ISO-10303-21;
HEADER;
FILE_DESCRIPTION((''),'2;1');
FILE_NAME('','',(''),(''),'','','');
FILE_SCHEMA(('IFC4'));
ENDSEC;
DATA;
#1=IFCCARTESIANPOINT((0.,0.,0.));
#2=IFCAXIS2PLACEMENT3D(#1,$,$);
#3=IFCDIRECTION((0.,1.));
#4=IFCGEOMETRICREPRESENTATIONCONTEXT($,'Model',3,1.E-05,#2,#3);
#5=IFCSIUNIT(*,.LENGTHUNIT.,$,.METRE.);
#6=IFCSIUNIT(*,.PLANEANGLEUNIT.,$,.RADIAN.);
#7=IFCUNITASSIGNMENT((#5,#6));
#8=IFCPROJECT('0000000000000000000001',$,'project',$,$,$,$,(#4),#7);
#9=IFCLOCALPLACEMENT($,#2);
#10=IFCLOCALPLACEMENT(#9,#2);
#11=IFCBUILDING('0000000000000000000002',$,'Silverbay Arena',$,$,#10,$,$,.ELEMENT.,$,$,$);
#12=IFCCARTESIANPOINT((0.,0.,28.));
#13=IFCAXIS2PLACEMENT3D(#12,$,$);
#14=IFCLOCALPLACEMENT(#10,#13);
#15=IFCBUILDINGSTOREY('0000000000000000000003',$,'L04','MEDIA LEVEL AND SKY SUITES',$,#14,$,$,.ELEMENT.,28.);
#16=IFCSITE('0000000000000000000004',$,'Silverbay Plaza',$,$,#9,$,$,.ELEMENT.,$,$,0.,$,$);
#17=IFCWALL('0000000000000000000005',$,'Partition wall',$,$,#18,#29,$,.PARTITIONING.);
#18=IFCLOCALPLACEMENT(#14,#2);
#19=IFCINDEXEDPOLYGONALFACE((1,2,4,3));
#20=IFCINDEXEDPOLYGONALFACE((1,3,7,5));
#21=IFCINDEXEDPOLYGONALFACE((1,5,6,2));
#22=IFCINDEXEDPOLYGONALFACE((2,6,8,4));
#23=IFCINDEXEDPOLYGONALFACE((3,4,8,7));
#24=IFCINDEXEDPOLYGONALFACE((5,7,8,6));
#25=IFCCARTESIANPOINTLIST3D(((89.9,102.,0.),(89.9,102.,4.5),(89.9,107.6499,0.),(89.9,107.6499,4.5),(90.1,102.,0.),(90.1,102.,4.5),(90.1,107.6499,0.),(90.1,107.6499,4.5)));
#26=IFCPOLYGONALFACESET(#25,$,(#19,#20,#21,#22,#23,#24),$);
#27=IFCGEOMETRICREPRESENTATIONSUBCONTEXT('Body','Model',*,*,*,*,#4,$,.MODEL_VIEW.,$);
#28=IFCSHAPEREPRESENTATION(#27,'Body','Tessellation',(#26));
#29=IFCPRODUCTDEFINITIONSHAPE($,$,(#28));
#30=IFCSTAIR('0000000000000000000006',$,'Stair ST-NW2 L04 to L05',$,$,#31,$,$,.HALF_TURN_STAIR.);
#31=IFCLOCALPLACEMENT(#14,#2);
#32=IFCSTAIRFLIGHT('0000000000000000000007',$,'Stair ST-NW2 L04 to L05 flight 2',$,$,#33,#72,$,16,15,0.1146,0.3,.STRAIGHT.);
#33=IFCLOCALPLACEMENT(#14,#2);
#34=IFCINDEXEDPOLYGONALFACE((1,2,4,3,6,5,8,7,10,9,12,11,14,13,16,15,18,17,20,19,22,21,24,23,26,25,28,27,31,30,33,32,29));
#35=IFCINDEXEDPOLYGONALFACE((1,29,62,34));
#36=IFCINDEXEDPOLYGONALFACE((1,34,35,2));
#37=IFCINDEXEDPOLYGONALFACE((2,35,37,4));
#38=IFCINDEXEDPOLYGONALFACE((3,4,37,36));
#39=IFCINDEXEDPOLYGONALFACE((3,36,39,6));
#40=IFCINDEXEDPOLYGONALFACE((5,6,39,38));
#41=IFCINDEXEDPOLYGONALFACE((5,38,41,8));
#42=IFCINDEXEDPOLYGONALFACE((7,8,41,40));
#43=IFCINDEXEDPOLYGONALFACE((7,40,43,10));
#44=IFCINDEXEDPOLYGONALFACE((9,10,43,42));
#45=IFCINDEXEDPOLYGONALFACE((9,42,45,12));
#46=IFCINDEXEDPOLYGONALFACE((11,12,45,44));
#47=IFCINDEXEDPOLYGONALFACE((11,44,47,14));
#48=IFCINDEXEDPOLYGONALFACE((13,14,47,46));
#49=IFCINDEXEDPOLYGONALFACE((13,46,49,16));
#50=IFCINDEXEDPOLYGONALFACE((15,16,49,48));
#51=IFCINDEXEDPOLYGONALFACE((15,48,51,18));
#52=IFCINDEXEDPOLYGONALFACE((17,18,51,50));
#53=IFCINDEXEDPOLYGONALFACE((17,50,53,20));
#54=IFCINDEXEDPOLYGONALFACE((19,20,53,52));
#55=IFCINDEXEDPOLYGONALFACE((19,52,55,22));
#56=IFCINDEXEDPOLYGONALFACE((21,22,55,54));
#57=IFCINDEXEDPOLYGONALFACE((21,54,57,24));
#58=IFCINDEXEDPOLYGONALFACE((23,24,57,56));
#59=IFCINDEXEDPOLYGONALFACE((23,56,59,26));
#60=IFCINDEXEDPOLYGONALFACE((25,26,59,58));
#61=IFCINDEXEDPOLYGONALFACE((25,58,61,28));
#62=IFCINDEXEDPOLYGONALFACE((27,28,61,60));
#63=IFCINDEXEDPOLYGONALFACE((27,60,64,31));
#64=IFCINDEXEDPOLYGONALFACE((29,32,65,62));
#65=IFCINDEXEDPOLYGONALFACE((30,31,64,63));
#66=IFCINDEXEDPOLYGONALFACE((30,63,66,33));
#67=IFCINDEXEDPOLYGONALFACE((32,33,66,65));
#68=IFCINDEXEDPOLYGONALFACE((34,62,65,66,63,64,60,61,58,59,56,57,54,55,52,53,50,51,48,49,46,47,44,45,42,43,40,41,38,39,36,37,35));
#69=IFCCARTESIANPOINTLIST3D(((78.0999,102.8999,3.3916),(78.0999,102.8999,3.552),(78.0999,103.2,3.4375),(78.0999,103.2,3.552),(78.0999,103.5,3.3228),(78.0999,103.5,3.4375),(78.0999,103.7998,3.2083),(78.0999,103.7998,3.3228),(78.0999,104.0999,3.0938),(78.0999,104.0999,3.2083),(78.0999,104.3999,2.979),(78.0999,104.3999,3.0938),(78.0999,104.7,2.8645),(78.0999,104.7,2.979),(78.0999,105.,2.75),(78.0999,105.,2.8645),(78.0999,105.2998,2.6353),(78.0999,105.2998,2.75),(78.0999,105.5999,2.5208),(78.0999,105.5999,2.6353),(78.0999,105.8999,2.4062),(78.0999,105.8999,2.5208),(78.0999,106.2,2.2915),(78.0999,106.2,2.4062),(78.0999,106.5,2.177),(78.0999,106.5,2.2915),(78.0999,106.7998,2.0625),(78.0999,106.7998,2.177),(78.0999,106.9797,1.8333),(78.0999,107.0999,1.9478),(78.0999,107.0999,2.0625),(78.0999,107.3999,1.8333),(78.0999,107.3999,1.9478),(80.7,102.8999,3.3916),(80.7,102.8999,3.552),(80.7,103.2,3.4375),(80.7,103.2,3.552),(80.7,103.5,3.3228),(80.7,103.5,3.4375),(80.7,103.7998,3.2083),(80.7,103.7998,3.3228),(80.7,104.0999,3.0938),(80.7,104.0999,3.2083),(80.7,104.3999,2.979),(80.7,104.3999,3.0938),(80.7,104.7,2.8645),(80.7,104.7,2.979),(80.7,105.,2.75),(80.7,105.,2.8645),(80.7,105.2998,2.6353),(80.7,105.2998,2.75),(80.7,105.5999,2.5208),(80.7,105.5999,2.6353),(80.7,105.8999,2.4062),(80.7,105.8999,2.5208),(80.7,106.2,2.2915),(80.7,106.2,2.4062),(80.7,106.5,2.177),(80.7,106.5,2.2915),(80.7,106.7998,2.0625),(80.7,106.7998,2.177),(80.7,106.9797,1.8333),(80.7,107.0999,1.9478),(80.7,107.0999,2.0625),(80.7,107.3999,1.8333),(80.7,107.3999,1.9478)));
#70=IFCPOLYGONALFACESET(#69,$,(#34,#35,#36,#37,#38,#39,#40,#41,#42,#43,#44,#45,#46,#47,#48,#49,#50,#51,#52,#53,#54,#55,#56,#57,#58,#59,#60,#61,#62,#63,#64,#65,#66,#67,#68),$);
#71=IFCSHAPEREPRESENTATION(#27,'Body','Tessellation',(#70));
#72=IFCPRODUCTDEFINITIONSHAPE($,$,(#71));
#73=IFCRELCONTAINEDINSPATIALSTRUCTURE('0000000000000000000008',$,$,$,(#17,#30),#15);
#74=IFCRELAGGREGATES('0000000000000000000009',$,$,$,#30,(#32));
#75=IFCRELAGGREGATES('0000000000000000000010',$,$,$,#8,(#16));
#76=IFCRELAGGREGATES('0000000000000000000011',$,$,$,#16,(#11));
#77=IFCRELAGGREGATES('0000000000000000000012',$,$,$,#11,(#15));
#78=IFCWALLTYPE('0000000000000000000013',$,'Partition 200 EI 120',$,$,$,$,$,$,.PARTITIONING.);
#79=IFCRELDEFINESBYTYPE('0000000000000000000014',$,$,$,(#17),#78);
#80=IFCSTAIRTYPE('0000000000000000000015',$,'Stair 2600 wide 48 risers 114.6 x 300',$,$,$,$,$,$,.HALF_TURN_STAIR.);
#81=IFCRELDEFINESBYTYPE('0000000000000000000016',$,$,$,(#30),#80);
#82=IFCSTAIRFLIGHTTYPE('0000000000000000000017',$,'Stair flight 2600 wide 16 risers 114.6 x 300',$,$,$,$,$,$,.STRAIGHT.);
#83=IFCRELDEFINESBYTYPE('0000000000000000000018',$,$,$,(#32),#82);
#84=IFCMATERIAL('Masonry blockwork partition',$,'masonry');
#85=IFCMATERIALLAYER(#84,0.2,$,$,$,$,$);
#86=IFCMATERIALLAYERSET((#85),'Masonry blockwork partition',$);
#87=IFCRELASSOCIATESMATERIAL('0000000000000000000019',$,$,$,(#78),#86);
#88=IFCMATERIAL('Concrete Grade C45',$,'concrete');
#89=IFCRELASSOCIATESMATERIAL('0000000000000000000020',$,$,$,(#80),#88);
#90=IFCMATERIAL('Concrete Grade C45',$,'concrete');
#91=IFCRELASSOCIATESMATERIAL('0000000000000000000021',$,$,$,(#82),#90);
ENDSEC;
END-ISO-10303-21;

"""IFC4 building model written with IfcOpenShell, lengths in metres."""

from ifc_helpers import new_model, si_unit, direction, frame, frame_2d, origin, place, context, subcontext, project, spatial, polyline, rectangle, outline, extrude, material, layer, layer_set, type_object, element, aggregate, save


model = new_model("IFC4")

# Units and contexts
model_context = context("Model", 3, precision=1e-05, world=origin(), true_north=direction((0.0, 1.0)))
body_context = subcontext(model_context, "Body", "Model", "MODEL_VIEW")
ifc_project = project(units=[si_unit("LENGTHUNIT", "METRE"), si_unit("PLANEANGLEUNIT", "RADIAN")], contexts=[model_context])

# Site, building, storey
site_placement = place(None, origin())
site = spatial("IfcSite", under=ifc_project, at=site_placement, Name="Silverbay Plaza", CompositionType="ELEMENT", RefElevation=0.0)
building_placement = place(site_placement, origin())
building = spatial("IfcBuilding", under=site, at=building_placement, Name="Silverbay Arena", CompositionType="ELEMENT")
storey_placement = place(building_placement, frame((0.0, 0.0, 28.0)))
storey = spatial("IfcBuildingStorey", under=building, at=storey_placement, Name="L04", Description="MEDIA LEVEL AND SKY SUITES", CompositionType="ELEMENT", Elevation=28.0)

# Wall
ifc_material_1 = material(Name="Masonry blockwork partition", Category="masonry")
ifc_layer_1 = layer(ifc_material_1, 0.2)
ifc_layer_set_1 = layer_set([ifc_layer_1], Name="Masonry blockwork partition")
wall_type_1 = type_object("IfcWallType", Name="Partition 200 EI 120", PredefinedType="PARTITIONING", material=ifc_layer_set_1)
wall_1_placement = place(storey_placement, frame((90.0, 102.0, 0.0), z_axis=(0.0, 0.0, 1.0), x_axis=(0.0, 1.0, 0.0)))
element("IfcWall", 1, at=wall_1_placement, inside=storey, type_object=wall_type_1, Name="Partition wall", PredefinedType="PARTITIONING", context=body_context, shape_type="SweptSolid", body=[
    extrude(rectangle(XDim=5.6499, YDim=0.2, at=frame_2d((2.825, 0.0))), origin(), (0.0, 0.0, 1.0), 4.5),
])

# Stair, stair flight
ifc_material_2 = material(Name="Concrete Grade C45", Category="concrete")
stair_type = type_object("IfcStairType", Name="Stair 2600 wide 48 risers 114.6 x 300", PredefinedType="HALF_TURN_STAIR", material=ifc_material_2)
stair_placement = place(storey_placement, origin())
stair = element("IfcStair", 2, at=stair_placement, inside=storey, type_object=stair_type, Name="Stair ST-NW2 L04 to L05", PredefinedType="HALF_TURN_STAIR")
ifc_material_3 = material(Name="Concrete Grade C45", Category="concrete")
stair_flight_type = type_object("IfcStairFlightType", Name="Stair flight 2600 wide 16 risers 114.6 x 300", PredefinedType="STRAIGHT", material=ifc_material_3)
stair_flight_placement = place(storey_placement, frame((79.3999, 107.3999, 1.8333), z_axis=(0.0, 0.0, 1.0), x_axis=(0.0, -1.0, 0.0)))
stair_flight = element("IfcStairFlight", 3, at=stair_flight_placement, type_object=stair_flight_type, Name="Stair ST-NW2 L04 to L05 flight 2", NumberOfRisers=16, NumberOfTreads=15, PredefinedType="STRAIGHT", RiserHeight=0.1146, TreadLength=0.3, context=body_context, shape_type="SweptSolid", body=[
    extrude(outline(polyline([(0.0, 0.0), (0.0, 0.1145), (0.3, 0.1145), (0.3, 0.2292), (0.6001, 0.2292), (0.6001, 0.3438), (0.8999, 0.3438), (0.8999, 0.4583), (1.2, 0.4583), (1.2, 0.573), (1.5, 0.573), (1.5, 0.6875), (1.8, 0.6875), (1.8, 0.802), (2.1001, 0.802), (2.1001, 0.9167), (2.3999, 0.9167), (2.3999, 1.0312), (2.7, 1.0312), (2.7, 1.1458), (3.0, 1.1458), (3.0, 1.2605), (3.3, 1.2605), (3.3, 1.375), (3.6001, 1.375), (3.6001, 1.4895), (3.8999, 1.4895), (3.8999, 1.6042), (4.2, 1.6042), (4.2, 1.7188), (4.5, 1.7188), (4.5, 1.5583), (0.4202, 0.0), (0.0, 0.0)])), frame((0.0, 1.3, 0.0), z_axis=(0.0, -1.0, 0.0), x_axis=(1.0, 0.0, 0.0)), (0.0, 0.0, 1.0), 2.6001),
])
aggregate(stair, [stair_flight])

save(model, "model.ifc")
